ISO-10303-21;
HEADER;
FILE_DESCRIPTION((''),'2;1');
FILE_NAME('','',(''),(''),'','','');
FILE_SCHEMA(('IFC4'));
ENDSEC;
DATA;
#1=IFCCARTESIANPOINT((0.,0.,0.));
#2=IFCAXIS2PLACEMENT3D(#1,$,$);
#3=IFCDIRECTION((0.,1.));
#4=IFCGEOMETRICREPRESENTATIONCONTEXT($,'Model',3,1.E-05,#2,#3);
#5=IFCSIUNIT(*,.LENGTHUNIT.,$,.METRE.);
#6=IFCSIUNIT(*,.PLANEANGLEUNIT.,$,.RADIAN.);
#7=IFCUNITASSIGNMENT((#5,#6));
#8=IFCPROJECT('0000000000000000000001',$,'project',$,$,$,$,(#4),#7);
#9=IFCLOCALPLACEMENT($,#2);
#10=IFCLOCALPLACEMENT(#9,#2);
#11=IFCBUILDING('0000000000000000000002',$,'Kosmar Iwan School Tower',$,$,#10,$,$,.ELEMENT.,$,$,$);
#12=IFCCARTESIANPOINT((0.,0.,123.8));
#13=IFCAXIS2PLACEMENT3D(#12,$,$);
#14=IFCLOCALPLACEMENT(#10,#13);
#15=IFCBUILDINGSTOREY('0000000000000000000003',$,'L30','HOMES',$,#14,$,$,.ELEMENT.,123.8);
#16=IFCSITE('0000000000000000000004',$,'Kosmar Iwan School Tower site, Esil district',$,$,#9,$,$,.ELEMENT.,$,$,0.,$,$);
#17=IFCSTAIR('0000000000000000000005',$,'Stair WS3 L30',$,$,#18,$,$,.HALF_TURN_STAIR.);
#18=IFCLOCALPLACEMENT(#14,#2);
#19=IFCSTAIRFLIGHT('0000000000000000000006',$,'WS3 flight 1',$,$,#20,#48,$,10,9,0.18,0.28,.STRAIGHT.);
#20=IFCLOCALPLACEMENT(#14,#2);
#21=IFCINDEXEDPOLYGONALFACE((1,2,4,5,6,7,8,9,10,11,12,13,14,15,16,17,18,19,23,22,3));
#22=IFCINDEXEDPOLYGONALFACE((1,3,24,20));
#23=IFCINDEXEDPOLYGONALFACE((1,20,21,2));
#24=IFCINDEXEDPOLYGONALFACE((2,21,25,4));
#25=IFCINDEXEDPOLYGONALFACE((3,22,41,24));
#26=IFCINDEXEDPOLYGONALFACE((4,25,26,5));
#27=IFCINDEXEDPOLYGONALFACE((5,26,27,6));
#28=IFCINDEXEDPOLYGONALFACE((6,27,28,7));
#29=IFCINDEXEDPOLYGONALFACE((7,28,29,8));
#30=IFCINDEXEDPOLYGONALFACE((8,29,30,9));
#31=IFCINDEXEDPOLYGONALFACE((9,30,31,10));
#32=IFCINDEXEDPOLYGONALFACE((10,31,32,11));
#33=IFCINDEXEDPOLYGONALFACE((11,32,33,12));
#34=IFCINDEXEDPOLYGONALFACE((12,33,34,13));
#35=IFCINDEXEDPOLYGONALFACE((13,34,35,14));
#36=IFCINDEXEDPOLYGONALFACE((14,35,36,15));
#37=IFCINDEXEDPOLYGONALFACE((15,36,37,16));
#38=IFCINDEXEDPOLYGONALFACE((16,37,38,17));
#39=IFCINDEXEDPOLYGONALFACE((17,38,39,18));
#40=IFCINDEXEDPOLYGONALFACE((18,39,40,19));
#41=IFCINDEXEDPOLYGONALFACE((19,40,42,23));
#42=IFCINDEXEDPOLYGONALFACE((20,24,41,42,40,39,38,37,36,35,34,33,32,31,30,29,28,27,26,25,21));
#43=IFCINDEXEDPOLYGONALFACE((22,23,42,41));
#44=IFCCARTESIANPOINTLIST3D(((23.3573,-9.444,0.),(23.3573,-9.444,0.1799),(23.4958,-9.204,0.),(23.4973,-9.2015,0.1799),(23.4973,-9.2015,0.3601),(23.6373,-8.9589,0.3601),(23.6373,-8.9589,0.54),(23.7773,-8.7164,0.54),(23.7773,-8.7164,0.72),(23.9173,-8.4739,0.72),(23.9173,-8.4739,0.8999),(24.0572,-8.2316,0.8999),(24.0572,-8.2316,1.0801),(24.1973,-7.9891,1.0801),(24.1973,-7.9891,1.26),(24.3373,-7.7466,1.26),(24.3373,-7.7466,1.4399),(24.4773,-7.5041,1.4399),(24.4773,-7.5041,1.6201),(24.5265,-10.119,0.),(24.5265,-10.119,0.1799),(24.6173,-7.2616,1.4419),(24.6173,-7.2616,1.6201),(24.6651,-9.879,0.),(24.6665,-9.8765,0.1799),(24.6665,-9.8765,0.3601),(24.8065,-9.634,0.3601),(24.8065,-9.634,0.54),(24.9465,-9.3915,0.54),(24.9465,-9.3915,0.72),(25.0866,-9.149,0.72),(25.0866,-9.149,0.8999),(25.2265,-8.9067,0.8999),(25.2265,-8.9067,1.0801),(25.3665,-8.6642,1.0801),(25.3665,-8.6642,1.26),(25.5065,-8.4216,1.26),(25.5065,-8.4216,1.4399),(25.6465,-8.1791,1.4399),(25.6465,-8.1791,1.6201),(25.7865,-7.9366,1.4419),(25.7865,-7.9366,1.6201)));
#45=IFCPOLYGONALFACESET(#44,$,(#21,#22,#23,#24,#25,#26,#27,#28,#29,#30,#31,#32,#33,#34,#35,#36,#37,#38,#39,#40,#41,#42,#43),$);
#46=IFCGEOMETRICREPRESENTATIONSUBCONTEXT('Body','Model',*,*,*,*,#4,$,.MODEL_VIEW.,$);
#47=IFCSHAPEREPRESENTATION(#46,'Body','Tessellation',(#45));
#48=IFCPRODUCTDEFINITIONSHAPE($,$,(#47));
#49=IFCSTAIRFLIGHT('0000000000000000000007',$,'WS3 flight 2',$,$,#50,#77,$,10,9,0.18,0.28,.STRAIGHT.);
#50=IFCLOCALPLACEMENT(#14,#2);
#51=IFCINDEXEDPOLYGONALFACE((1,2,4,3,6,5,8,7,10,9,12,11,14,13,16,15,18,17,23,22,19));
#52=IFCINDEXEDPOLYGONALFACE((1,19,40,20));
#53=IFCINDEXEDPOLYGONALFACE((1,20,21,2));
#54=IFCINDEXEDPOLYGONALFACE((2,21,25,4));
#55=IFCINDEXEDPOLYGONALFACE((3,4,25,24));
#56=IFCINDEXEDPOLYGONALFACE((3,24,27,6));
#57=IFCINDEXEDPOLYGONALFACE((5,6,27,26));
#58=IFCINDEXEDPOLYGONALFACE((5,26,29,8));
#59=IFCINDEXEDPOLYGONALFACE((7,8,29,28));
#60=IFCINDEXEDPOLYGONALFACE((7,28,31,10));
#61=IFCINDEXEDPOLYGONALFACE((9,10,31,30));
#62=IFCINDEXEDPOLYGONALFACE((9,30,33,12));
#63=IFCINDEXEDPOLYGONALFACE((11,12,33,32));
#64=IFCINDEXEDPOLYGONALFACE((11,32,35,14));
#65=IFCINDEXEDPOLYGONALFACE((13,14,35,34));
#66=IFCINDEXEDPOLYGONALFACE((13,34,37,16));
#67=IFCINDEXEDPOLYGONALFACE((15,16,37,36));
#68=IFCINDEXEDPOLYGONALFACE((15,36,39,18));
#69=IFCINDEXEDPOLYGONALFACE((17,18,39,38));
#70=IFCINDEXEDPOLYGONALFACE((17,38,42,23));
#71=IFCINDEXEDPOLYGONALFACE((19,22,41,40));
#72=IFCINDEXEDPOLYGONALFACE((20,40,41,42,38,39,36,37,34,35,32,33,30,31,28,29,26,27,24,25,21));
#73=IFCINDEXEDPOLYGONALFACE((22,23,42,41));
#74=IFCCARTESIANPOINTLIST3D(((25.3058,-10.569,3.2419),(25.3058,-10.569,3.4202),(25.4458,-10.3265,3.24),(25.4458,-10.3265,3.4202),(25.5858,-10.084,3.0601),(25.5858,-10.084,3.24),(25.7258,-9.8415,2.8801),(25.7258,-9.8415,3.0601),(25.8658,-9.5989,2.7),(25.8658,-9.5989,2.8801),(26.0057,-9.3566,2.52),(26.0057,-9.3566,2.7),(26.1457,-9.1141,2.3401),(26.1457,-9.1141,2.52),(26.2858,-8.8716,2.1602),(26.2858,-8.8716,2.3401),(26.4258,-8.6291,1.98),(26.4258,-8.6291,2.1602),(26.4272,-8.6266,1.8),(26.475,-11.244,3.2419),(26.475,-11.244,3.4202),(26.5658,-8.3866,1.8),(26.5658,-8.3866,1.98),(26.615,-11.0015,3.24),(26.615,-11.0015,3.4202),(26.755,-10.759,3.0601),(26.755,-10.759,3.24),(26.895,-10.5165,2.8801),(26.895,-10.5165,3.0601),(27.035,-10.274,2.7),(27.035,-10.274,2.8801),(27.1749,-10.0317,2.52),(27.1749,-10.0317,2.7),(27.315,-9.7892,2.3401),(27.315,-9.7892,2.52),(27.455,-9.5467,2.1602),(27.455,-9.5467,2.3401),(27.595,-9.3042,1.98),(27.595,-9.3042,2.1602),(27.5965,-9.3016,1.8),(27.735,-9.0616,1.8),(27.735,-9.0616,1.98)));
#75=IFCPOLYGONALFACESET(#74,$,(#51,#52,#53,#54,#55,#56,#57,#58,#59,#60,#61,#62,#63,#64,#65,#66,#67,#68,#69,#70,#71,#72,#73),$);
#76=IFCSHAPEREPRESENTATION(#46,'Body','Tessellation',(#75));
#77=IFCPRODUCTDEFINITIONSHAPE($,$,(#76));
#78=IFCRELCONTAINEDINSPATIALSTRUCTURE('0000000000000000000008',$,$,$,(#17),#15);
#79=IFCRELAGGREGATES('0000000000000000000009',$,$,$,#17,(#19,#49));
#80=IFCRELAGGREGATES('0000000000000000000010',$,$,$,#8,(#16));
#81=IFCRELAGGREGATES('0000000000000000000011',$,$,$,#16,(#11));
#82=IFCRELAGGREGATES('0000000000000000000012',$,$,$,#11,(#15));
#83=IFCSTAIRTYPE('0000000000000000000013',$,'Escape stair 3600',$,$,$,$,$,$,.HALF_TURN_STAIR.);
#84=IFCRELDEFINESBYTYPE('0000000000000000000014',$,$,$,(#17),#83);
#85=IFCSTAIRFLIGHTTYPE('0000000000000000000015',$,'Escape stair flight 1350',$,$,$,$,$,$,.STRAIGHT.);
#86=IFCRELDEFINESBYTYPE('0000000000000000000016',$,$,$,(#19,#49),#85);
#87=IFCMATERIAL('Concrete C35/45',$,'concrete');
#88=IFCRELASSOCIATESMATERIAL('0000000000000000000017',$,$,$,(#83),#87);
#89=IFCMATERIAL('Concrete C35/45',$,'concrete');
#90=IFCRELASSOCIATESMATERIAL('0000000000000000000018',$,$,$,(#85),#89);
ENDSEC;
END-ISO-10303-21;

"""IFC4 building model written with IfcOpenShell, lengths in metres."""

from ifc_helpers import new_model, si_unit, direction, frame, origin, place, context, subcontext, project, spatial, polyline, outline, extrude, material, type_object, element, aggregate, save


model = new_model("IFC4")

# Units and contexts
model_context = context("Model", 3, precision=1e-05, world=origin(), true_north=direction((0.0, 1.0)))
body_context = subcontext(model_context, "Body", "Model", "MODEL_VIEW")
ifc_project = project(units=[si_unit("LENGTHUNIT", "METRE"), si_unit("PLANEANGLEUNIT", "RADIAN")], contexts=[model_context])

# Site, building, storey
site_placement = place(None, origin())
site = spatial("IfcSite", under=ifc_project, at=site_placement, Name="Kosmar Iwan School Tower site, Esil district", CompositionType="ELEMENT", RefElevation=0.0)
building_placement = place(site_placement, origin())
building = spatial("IfcBuilding", under=site, at=building_placement, Name="Kosmar Iwan School Tower", CompositionType="ELEMENT")
storey_placement = place(building_placement, frame((0.0, 0.0, 123.8)))
storey = spatial("IfcBuildingStorey", under=building, at=storey_placement, Name="L30", Description="HOMES", CompositionType="ELEMENT", Elevation=123.8)

# Stair, stair flights
ifc_material_1 = material(Name="Concrete C35/45", Category="concrete")
stair_type = type_object("IfcStairType", Name="Escape stair 3600", PredefinedType="HALF_TURN_STAIR", material=ifc_material_1)
stair_placement = place(storey_placement, origin())
stair = element("IfcStair", 1, at=stair_placement, inside=storey, type_object=stair_type, Name="Stair WS3 L30", PredefinedType="HALF_TURN_STAIR")
ifc_material_2 = material(Name="Concrete C35/45", Category="concrete")
stair_flight_type = type_object("IfcStairFlightType", Name="Escape stair flight 1350", PredefinedType="STRAIGHT", material=ifc_material_2)
stair_flight_1_placement = place(storey_placement, frame((23.9419, -9.7815, 0.0), z_axis=(0.0, 0.0, 1.0), x_axis=(0.5, 0.866025, 0.0)))
stair_flight_1 = element("IfcStairFlight", 2, at=stair_flight_1_placement, type_object=stair_flight_type, Name="WS3 flight 1", NumberOfRisers=10, NumberOfTreads=9, PredefinedType="STRAIGHT", RiserHeight=0.18, TreadLength=0.28, context=body_context, shape_type="SweptSolid", body=[
    extrude(outline(polyline([(0.0, 0.0), (0.0, 0.1799), (0.28, 0.1799), (0.28, 0.3601), (0.5601, 0.3601), (0.5601, 0.54), (0.8401, 0.54), (0.8401, 0.72), (1.1201, 0.72), (1.1201, 0.8999), (1.3999, 0.8999), (1.3999, 1.0801), (1.6799, 1.0801), (1.6799, 1.26), (1.96, 1.26), (1.96, 1.4399), (2.24, 1.4399), (2.24, 1.6201), (2.52, 1.6201), (2.52, 1.8), (2.52, 1.4419), (0.2771, 0.0), (0.0, 0.0)])), frame((0.0, 0.675, 0.0), z_axis=(0.0, -1.0, 0.0), x_axis=(1.0, 0.0, 0.0)), (0.0, 0.0, 1.0), 1.3501),
])
stair_flight_2_placement = place(storey_placement, frame((27.1504, -8.7241, 1.8), z_axis=(0.0, 0.0, 1.0), x_axis=(-0.5, -0.866025, 0.0)))
stair_flight_2 = element("IfcStairFlight", 3, at=stair_flight_2_placement, type_object=stair_flight_type, Name="WS3 flight 2", NumberOfRisers=10, NumberOfTreads=9, PredefinedType="STRAIGHT", RiserHeight=0.18, TreadLength=0.28, context=body_context, shape_type="SweptSolid", body=[
    extrude(outline(polyline([(0.0, 0.0), (0.0, 0.1799), (0.28, 0.1799), (0.28, 0.3601), (0.5601, 0.3601), (0.5601, 0.54), (0.8401, 0.54), (0.8401, 0.72), (1.1201, 0.72), (1.1201, 0.8999), (1.3999, 0.8999), (1.3999, 1.0801), (1.6799, 1.0801), (1.6799, 1.26), (1.96, 1.26), (1.96, 1.4399), (2.24, 1.4399), (2.24, 1.6201), (2.52, 1.6201), (2.52, 1.8), (2.52, 1.4419), (0.2771, 0.0), (0.0, 0.0)])), frame((0.0, 0.675, 0.0), z_axis=(0.0, -1.0, 0.0), x_axis=(1.0, 0.0, 0.0)), (0.0, 0.0, 1.0), 1.3501),
])
aggregate(stair, [stair_flight_1, stair_flight_2])

save(model, "model.ifc")
